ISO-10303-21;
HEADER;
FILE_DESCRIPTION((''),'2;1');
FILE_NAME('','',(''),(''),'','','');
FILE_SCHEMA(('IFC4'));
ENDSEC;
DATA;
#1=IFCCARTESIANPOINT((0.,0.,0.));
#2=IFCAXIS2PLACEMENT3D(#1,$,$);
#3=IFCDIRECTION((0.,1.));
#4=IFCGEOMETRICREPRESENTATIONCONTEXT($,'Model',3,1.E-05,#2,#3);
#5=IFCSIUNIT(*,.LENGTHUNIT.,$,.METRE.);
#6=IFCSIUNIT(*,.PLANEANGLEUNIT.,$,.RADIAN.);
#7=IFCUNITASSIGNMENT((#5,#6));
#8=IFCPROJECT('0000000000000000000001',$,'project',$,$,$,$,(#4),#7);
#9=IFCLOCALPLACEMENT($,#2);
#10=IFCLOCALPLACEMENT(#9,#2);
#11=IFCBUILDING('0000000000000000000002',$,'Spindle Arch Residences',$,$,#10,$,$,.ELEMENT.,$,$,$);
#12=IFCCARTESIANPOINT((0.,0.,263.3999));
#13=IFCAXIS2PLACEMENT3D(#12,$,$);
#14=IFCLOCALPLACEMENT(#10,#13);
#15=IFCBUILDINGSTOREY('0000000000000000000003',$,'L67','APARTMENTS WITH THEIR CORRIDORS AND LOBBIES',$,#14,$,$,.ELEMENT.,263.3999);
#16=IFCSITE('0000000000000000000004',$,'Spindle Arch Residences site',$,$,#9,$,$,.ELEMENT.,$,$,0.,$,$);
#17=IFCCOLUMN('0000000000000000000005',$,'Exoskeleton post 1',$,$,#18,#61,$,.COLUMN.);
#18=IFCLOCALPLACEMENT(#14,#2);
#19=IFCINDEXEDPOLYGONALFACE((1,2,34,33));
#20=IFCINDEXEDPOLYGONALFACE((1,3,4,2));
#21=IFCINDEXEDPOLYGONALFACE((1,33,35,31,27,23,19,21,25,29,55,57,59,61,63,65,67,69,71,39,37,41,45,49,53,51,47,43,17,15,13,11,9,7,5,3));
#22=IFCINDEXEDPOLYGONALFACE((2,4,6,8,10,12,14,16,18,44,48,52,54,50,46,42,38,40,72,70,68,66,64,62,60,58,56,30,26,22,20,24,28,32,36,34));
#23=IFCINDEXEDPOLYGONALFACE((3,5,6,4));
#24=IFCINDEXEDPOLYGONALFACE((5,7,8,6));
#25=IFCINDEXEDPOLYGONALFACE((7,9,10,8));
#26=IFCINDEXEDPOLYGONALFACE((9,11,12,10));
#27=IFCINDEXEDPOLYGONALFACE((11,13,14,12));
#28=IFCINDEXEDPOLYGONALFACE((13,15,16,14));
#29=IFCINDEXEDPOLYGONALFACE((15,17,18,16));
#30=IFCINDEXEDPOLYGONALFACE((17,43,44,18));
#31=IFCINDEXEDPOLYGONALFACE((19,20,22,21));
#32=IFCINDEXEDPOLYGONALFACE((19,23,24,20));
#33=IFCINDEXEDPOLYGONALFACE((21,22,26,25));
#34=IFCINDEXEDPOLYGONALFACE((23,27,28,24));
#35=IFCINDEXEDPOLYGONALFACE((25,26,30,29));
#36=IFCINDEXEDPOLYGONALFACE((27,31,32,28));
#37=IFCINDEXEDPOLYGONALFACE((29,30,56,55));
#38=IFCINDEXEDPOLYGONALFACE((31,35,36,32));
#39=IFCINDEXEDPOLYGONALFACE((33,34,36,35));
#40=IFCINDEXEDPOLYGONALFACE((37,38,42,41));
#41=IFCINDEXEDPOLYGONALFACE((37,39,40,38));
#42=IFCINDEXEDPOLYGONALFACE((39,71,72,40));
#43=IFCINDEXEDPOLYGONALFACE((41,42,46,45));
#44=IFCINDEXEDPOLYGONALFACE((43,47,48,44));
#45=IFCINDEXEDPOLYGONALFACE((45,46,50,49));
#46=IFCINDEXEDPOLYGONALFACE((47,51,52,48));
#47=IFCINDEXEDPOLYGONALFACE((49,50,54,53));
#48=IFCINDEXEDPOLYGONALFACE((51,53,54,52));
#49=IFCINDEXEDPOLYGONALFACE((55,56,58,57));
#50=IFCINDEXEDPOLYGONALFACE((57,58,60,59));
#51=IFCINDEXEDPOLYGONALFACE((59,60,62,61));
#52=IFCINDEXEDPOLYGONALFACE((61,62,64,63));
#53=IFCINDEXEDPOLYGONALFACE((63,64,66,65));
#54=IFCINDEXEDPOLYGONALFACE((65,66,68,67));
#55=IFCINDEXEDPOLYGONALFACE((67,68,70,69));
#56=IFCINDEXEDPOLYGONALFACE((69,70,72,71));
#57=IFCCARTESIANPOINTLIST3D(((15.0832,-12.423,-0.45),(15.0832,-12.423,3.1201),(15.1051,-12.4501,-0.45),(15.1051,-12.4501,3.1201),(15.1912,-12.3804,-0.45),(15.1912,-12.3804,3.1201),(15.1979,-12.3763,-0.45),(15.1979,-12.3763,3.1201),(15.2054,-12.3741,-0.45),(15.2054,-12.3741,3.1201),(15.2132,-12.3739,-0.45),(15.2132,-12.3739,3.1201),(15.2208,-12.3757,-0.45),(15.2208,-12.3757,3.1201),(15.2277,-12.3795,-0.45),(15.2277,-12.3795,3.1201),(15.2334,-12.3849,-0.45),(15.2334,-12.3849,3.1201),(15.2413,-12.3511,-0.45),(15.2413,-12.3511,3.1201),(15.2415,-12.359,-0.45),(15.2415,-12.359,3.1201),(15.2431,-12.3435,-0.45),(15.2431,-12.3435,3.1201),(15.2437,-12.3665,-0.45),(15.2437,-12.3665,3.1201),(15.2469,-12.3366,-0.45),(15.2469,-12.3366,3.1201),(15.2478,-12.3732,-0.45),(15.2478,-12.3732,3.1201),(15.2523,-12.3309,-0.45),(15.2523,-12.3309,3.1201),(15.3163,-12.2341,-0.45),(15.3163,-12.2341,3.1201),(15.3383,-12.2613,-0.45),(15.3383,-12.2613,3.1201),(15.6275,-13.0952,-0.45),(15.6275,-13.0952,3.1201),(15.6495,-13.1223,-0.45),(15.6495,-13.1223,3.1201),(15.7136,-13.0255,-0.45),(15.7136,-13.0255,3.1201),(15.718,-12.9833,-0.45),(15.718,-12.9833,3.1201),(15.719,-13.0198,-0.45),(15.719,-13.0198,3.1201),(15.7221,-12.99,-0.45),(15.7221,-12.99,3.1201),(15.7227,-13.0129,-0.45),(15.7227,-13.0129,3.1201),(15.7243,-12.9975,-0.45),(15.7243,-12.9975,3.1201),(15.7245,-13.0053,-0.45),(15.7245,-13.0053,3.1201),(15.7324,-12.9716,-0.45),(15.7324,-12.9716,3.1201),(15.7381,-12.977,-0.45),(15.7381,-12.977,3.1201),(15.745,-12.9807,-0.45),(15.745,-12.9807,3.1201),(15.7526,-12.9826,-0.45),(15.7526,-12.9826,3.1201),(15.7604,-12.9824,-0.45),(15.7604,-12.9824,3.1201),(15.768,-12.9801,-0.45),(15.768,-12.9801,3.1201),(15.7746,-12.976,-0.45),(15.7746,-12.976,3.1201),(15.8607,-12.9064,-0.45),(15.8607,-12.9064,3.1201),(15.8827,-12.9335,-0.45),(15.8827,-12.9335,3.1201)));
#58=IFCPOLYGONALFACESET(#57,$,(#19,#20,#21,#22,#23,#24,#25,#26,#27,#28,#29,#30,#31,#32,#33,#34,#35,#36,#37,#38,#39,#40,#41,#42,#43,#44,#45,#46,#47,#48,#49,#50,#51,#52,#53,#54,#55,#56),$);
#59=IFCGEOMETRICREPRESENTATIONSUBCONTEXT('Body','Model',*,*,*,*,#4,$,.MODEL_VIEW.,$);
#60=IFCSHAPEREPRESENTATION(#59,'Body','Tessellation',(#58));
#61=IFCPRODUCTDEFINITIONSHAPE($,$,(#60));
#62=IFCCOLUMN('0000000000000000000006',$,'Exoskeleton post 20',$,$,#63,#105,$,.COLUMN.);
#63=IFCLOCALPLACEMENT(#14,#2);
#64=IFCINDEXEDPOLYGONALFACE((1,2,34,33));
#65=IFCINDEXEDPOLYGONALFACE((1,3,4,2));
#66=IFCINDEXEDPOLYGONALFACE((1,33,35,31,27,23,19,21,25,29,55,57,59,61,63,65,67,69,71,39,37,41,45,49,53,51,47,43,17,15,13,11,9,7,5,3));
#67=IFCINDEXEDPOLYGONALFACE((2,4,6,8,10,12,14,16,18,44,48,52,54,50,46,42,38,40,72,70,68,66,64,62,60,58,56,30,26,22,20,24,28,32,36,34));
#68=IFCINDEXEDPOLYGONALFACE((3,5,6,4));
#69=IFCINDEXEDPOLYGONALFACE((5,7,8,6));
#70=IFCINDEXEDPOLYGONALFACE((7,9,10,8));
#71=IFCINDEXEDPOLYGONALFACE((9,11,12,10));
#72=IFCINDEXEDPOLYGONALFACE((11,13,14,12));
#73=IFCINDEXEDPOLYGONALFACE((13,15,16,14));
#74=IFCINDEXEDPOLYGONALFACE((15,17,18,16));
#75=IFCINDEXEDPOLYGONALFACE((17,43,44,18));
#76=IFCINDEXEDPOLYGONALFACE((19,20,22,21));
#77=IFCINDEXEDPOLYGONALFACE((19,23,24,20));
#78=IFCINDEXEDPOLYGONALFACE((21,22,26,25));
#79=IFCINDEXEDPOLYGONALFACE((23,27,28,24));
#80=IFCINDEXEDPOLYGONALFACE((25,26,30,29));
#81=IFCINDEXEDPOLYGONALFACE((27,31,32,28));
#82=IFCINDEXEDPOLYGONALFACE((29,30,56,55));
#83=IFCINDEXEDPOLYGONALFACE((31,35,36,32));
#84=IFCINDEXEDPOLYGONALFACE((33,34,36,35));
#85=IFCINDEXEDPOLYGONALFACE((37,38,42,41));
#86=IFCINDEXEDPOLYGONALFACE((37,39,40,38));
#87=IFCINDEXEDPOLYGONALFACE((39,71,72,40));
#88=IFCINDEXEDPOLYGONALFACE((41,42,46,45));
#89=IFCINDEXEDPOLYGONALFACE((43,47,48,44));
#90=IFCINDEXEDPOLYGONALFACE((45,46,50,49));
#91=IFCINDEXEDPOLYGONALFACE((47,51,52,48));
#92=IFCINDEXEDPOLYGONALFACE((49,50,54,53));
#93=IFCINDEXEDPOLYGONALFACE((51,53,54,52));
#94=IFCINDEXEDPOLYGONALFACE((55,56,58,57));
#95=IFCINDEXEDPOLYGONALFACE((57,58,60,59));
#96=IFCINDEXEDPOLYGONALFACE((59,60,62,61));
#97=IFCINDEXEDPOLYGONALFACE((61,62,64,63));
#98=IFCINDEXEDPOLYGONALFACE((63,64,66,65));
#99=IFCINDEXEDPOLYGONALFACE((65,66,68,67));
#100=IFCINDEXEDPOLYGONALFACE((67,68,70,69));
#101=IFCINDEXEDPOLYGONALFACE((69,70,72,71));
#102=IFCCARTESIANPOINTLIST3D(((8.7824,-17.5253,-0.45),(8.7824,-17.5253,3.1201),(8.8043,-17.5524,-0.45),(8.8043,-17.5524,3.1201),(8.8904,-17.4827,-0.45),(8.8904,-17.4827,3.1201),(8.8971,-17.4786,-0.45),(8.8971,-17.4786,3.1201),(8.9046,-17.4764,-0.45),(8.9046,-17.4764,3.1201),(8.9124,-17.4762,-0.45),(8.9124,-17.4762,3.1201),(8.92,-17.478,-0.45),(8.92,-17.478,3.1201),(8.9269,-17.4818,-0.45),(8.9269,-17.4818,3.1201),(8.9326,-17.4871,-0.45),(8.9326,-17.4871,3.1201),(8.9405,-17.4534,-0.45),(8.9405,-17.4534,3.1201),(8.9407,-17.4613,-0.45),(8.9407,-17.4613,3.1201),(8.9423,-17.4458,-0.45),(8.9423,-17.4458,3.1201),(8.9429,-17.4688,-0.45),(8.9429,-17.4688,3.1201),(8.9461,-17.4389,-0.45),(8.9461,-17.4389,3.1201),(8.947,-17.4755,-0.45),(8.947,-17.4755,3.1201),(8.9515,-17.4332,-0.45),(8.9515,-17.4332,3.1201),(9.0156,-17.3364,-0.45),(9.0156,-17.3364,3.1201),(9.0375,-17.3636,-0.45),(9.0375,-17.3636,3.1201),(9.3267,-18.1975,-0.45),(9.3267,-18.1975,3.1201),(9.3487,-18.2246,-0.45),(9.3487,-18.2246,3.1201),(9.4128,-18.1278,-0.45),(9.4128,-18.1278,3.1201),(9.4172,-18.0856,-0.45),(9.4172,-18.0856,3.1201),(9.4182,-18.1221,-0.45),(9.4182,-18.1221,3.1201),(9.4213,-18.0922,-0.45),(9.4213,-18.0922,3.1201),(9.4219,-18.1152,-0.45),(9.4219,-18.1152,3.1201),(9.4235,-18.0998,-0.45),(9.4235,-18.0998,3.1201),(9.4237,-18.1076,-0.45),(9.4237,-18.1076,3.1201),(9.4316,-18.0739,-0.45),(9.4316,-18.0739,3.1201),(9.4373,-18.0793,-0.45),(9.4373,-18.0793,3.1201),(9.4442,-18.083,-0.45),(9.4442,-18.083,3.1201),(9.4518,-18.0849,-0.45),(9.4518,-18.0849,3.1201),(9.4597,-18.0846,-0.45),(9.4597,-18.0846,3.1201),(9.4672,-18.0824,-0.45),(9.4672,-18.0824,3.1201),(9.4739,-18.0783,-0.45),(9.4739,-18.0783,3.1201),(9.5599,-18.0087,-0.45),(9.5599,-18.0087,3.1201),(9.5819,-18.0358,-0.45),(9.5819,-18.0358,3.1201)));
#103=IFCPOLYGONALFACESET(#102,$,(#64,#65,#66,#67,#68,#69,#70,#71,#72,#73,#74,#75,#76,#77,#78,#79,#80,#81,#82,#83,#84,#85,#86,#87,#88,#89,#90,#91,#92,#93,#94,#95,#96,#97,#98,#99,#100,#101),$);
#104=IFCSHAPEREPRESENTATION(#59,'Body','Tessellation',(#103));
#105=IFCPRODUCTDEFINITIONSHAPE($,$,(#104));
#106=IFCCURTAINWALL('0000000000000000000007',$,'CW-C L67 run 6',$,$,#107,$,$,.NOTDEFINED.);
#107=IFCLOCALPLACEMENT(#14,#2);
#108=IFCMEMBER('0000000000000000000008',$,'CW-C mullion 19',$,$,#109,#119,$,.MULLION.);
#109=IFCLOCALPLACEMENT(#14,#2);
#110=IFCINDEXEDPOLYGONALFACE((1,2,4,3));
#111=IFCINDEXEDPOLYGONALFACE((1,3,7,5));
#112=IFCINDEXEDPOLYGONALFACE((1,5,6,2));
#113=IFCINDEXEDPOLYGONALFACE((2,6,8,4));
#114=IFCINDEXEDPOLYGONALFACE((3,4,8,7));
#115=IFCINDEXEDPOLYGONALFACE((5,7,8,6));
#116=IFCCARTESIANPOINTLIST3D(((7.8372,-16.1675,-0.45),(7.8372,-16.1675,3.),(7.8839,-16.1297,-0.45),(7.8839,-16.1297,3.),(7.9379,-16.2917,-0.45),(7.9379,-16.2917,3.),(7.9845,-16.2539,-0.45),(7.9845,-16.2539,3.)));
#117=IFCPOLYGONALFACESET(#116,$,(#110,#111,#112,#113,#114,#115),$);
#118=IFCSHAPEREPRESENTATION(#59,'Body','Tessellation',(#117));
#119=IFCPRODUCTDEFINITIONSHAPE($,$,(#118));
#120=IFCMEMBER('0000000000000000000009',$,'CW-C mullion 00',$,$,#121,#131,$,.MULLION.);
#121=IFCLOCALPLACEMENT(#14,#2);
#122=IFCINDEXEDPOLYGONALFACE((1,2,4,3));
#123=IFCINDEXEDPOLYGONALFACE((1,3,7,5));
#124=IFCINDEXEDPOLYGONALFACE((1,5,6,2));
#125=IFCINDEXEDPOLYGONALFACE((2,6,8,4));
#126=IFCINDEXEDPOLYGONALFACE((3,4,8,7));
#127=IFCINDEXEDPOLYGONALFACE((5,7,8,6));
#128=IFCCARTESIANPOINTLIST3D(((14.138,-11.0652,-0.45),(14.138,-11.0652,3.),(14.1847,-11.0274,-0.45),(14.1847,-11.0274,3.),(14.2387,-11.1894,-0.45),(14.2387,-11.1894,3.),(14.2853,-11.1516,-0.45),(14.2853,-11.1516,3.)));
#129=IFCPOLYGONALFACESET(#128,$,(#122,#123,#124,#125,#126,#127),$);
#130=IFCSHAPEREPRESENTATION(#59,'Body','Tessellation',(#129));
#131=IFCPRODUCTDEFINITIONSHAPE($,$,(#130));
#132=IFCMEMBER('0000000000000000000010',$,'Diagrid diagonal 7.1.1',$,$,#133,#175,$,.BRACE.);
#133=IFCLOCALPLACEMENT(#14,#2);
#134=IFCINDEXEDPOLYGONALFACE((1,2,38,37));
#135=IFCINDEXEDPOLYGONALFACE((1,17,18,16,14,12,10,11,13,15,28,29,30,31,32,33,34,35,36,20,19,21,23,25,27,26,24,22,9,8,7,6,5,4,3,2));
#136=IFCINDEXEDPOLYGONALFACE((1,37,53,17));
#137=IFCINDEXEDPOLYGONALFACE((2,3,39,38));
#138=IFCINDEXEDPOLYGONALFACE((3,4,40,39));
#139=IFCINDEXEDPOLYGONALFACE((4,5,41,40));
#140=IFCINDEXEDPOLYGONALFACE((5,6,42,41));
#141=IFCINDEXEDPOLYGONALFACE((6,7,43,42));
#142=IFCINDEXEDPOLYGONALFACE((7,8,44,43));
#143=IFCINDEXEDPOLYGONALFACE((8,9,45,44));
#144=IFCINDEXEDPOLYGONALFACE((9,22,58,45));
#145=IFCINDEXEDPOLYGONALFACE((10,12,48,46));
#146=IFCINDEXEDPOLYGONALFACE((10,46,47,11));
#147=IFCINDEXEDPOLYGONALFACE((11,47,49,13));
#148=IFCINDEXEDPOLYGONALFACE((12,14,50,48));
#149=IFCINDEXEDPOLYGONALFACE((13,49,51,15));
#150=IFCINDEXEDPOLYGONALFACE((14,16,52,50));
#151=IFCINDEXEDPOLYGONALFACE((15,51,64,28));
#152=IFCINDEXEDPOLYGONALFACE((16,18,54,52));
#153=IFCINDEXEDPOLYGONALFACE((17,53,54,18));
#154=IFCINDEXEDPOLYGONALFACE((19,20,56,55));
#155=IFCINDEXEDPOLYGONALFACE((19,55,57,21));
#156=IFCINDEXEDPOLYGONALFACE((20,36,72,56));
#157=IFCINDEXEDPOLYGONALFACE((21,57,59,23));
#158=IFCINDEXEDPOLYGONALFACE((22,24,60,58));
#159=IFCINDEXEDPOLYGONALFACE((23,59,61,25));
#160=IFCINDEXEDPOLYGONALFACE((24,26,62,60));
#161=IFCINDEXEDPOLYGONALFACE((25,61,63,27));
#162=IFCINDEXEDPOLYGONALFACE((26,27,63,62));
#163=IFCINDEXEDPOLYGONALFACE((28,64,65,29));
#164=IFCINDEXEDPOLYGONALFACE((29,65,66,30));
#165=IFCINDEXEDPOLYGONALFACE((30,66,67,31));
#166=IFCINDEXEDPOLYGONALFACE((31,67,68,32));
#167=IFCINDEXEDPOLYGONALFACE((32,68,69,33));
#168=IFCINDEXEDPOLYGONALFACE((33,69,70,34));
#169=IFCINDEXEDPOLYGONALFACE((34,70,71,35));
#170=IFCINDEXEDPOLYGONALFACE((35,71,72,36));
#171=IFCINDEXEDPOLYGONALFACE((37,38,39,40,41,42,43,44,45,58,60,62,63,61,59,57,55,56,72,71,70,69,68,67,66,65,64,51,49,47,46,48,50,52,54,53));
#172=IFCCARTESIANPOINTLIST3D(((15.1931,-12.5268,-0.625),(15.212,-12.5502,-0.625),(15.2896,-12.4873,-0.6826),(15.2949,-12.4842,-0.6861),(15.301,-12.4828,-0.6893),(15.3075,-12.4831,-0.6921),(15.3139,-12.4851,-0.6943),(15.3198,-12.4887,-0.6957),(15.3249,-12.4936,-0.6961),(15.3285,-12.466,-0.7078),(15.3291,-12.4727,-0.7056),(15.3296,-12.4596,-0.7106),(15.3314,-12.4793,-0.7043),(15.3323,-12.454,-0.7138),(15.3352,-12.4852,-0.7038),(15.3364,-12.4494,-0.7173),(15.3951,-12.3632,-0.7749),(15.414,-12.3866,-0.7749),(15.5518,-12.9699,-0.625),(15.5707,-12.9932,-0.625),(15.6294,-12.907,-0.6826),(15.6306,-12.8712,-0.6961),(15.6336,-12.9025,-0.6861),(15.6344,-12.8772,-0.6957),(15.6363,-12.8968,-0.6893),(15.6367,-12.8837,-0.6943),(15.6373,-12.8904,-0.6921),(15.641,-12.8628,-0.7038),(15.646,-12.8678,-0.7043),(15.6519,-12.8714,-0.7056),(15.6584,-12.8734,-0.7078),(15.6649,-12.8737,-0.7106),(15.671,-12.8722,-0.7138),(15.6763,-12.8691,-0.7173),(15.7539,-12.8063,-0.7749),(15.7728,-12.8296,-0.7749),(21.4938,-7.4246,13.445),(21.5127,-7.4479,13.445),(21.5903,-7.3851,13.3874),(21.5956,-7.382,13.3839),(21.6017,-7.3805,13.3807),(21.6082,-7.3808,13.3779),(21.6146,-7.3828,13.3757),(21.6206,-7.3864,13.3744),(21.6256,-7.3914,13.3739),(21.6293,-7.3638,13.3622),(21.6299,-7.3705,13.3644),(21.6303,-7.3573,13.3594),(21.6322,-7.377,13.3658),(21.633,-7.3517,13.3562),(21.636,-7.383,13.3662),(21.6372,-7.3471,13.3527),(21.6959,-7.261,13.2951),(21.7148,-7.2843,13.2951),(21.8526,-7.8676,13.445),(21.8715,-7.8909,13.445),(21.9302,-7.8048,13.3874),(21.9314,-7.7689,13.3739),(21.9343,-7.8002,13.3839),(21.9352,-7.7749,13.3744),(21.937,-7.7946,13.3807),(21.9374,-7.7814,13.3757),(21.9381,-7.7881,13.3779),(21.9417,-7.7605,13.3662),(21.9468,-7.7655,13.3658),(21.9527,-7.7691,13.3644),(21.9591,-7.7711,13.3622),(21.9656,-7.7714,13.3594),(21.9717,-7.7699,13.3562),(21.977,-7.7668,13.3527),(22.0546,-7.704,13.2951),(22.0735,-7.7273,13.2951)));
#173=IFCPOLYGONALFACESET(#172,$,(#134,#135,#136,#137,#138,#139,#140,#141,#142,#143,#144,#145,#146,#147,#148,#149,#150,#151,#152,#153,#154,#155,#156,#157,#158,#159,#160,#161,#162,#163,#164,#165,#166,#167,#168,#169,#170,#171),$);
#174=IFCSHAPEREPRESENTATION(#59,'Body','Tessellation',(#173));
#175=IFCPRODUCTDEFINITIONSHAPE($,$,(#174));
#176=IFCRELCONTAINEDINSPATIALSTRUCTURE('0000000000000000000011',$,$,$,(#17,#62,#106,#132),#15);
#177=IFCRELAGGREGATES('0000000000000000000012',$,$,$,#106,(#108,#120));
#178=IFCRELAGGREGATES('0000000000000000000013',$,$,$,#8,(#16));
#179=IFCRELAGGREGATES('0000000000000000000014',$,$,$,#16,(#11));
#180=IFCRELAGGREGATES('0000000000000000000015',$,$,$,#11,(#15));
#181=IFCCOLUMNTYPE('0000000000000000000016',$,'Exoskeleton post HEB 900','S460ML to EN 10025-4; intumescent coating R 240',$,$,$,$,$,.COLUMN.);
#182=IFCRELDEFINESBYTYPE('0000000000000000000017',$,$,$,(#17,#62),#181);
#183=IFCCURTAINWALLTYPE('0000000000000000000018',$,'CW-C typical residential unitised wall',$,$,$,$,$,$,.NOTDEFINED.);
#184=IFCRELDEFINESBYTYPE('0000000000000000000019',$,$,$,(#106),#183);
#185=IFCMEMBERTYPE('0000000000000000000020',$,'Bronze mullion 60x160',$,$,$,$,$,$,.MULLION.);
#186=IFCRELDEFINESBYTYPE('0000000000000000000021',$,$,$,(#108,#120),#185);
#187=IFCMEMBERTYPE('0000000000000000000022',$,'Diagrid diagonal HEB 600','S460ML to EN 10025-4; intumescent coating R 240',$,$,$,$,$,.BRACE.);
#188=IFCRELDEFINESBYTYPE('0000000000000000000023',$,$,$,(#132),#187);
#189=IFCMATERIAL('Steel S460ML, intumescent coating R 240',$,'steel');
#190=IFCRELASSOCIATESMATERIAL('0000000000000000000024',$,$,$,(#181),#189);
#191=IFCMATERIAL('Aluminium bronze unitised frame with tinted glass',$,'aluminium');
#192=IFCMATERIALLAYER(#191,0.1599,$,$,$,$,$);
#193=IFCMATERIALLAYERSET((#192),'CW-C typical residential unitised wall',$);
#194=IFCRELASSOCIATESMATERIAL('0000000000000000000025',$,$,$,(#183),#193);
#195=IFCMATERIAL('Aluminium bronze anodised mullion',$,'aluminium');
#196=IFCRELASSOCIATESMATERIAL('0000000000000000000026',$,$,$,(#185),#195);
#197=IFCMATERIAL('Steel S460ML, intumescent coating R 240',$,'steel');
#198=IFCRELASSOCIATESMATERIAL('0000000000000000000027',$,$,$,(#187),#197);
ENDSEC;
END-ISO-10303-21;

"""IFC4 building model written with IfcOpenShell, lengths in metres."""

from ifc_helpers import new_model, si_unit, direction, frame, origin, origin_2d, place, context, subcontext, project, spatial, rectangle, i_section, extrude, material, layer, layer_set, material_profile, profile_set, type_object, element, aggregate, save


model = new_model("IFC4")

# Units and contexts
model_context = context("Model", 3, precision=1e-05, world=origin(), true_north=direction((0.0, 1.0)))
body_context = subcontext(model_context, "Body", "Model", "MODEL_VIEW")
ifc_project = project(units=[si_unit("LENGTHUNIT", "METRE"), si_unit("PLANEANGLEUNIT", "RADIAN")], contexts=[model_context])

# Site, building, storey
site_placement = place(None, origin())
site = spatial("IfcSite", under=ifc_project, at=site_placement, Name="Spindle Arch Residences site", CompositionType="ELEMENT", RefElevation=0.0)
building_placement = place(site_placement, origin())
building = spatial("IfcBuilding", under=site, at=building_placement, Name="Spindle Arch Residences", CompositionType="ELEMENT")
storey_placement = place(building_placement, frame((0.0, 0.0, 263.3999)))
storey = spatial("IfcBuildingStorey", under=building, at=storey_placement, Name="L67", Description="APARTMENTS WITH THEIR CORRIDORS AND LOBBIES", CompositionType="ELEMENT", Elevation=263.3999)

# Columns
ifc_material_1 = material(Name="Steel S460ML, intumescent coating R 240", Category="steel")
ifc_material_profile_1 = material_profile(ifc_material_1, i_section(OverallWidth=0.3, OverallDepth=0.8999, WebThickness=0.0186, FlangeThickness=0.0349, FilletRadius=0.03, at=origin_2d()), Name="HEB 900")
ifc_profile_set_1 = profile_set([ifc_material_profile_1], Name="Steel S460ML, intumescent coating R 240")
column_type = type_object("IfcColumnType", Name="Exoskeleton post HEB 900", Description="S460ML to EN 10025-4; intumescent coating R 240", PredefinedType="COLUMN", material=ifc_profile_set_1)
for number, where, z_axis, x_axis, name in (
    (1, (15.4829, -12.6782, -0.45), (0.0, 0.0, 1.0), (-0.777146, -0.62932, 0.0), "Exoskeleton post 1"),
    (2, (9.1821, -17.7805, -0.45), (0.0, 0.0, 1.0), (-0.777146, -0.62932, 0.0), "Exoskeleton post 20"),
):
    element("IfcColumn", number, at=place(storey_placement, frame(where, z_axis=z_axis, x_axis=x_axis)), inside=storey, type_object=column_type, Name=name, PredefinedType="COLUMN", context=body_context, shape_type="SweptSolid", body=[
        extrude(i_section(OverallWidth=0.3, OverallDepth=0.8999, WebThickness=0.0186, FlangeThickness=0.0349, FilletRadius=0.03, at=origin_2d()), origin(), (0.0, 0.0, 1.0), 3.5701),
    ])

# Curtain wall, members
ifc_material_2 = material(Name="Aluminium bronze unitised frame with tinted glass", Category="aluminium")
ifc_layer_1 = layer(ifc_material_2, 0.1599)
ifc_layer_set_1 = layer_set([ifc_layer_1], Name="CW-C typical residential unitised wall")
curtain_wall_type = type_object("IfcCurtainWallType", Name="CW-C typical residential unitised wall", PredefinedType="NOTDEFINED", material=ifc_layer_set_1)
curtain_wall_placement = place(storey_placement, origin())
curtain_wall = element("IfcCurtainWall", 3, at=curtain_wall_placement, inside=storey, type_object=curtain_wall_type, Name="CW-C L67 run 6", PredefinedType="NOTDEFINED")
ifc_material_3 = material(Name="Aluminium bronze anodised mullion", Category="aluminium")
ifc_material_profile_2 = material_profile(ifc_material_3, rectangle(XDim=0.1599, YDim=0.0601, at=origin_2d()), Name="MU 60x160")
ifc_profile_set_2 = profile_set([ifc_material_profile_2], Name="Aluminium bronze anodised mullion")
member_type_1 = type_object("IfcMemberType", Name="Bronze mullion 60x160", PredefinedType="MULLION", material=ifc_profile_set_2)
member_1_placement = place(storey_placement, frame((7.9109, -16.2107, -0.45), z_axis=(0.0, 0.0, 1.0), x_axis=(-0.62932, 0.777146, 0.0)))
member_1 = element("IfcMember", 4, at=member_1_placement, type_object=member_type_1, Name="CW-C mullion 19", PredefinedType="MULLION", context=body_context, shape_type="SweptSolid", body=[
    extrude(rectangle(XDim=0.1599, YDim=0.0601, at=origin_2d()), origin(), (0.0, 0.0, 1.0), 3.45),
])
member_2_placement = place(storey_placement, frame((14.2117, -11.1084, -0.45), z_axis=(0.0, 0.0, 1.0), x_axis=(-0.62932, 0.777146, 0.0)))
member_2 = element("IfcMember", 5, at=member_2_placement, type_object=member_type_1, Name="CW-C mullion 00", PredefinedType="MULLION", context=body_context, shape_type="SweptSolid", body=[
    extrude(rectangle(XDim=0.1599, YDim=0.0601, at=origin_2d()), origin(), (0.0, 0.0, 1.0), 3.45),
])

# Member
ifc_material_4 = material(Name="Steel S460ML, intumescent coating R 240", Category="steel")
ifc_material_profile_3 = material_profile(ifc_material_4, i_section(OverallWidth=0.3, OverallDepth=0.6001, WebThickness=0.0154, FlangeThickness=0.03, FilletRadius=0.0271, at=origin_2d()), Name="HEB 600")
ifc_profile_set_3 = profile_set([ifc_material_profile_3], Name="Steel S460ML, intumescent coating R 240")
member_type_2 = type_object("IfcMemberType", Name="Diagrid diagonal HEB 600", Description="S460ML to EN 10025-4; intumescent coating R 240", PredefinedType="BRACE", material=ifc_profile_set_3)
for number, where, z_axis, x_axis, name in (
    (6, (15.4829, -12.6782, -0.7), (0.388007, 0.314203, 0.866445), (-0.673353, -0.545273, 0.499272), "Diagrid diagonal 7.1.1"),
):
    element("IfcMember", number, at=place(storey_placement, frame(where, z_axis=z_axis, x_axis=x_axis)), inside=storey, type_object=member_type_2, Name=name, PredefinedType="BRACE", context=body_context, shape_type="SweptSolid", body=[
        extrude(i_section(OverallWidth=0.3, OverallDepth=0.6001, WebThickness=0.0154, FlangeThickness=0.03, FilletRadius=0.0271, at=origin_2d()), origin(), (0.0, 0.0, 1.0), 16.2388),
    ])

aggregate(curtain_wall, [member_1, member_2])

save(model, "model.ifc")
